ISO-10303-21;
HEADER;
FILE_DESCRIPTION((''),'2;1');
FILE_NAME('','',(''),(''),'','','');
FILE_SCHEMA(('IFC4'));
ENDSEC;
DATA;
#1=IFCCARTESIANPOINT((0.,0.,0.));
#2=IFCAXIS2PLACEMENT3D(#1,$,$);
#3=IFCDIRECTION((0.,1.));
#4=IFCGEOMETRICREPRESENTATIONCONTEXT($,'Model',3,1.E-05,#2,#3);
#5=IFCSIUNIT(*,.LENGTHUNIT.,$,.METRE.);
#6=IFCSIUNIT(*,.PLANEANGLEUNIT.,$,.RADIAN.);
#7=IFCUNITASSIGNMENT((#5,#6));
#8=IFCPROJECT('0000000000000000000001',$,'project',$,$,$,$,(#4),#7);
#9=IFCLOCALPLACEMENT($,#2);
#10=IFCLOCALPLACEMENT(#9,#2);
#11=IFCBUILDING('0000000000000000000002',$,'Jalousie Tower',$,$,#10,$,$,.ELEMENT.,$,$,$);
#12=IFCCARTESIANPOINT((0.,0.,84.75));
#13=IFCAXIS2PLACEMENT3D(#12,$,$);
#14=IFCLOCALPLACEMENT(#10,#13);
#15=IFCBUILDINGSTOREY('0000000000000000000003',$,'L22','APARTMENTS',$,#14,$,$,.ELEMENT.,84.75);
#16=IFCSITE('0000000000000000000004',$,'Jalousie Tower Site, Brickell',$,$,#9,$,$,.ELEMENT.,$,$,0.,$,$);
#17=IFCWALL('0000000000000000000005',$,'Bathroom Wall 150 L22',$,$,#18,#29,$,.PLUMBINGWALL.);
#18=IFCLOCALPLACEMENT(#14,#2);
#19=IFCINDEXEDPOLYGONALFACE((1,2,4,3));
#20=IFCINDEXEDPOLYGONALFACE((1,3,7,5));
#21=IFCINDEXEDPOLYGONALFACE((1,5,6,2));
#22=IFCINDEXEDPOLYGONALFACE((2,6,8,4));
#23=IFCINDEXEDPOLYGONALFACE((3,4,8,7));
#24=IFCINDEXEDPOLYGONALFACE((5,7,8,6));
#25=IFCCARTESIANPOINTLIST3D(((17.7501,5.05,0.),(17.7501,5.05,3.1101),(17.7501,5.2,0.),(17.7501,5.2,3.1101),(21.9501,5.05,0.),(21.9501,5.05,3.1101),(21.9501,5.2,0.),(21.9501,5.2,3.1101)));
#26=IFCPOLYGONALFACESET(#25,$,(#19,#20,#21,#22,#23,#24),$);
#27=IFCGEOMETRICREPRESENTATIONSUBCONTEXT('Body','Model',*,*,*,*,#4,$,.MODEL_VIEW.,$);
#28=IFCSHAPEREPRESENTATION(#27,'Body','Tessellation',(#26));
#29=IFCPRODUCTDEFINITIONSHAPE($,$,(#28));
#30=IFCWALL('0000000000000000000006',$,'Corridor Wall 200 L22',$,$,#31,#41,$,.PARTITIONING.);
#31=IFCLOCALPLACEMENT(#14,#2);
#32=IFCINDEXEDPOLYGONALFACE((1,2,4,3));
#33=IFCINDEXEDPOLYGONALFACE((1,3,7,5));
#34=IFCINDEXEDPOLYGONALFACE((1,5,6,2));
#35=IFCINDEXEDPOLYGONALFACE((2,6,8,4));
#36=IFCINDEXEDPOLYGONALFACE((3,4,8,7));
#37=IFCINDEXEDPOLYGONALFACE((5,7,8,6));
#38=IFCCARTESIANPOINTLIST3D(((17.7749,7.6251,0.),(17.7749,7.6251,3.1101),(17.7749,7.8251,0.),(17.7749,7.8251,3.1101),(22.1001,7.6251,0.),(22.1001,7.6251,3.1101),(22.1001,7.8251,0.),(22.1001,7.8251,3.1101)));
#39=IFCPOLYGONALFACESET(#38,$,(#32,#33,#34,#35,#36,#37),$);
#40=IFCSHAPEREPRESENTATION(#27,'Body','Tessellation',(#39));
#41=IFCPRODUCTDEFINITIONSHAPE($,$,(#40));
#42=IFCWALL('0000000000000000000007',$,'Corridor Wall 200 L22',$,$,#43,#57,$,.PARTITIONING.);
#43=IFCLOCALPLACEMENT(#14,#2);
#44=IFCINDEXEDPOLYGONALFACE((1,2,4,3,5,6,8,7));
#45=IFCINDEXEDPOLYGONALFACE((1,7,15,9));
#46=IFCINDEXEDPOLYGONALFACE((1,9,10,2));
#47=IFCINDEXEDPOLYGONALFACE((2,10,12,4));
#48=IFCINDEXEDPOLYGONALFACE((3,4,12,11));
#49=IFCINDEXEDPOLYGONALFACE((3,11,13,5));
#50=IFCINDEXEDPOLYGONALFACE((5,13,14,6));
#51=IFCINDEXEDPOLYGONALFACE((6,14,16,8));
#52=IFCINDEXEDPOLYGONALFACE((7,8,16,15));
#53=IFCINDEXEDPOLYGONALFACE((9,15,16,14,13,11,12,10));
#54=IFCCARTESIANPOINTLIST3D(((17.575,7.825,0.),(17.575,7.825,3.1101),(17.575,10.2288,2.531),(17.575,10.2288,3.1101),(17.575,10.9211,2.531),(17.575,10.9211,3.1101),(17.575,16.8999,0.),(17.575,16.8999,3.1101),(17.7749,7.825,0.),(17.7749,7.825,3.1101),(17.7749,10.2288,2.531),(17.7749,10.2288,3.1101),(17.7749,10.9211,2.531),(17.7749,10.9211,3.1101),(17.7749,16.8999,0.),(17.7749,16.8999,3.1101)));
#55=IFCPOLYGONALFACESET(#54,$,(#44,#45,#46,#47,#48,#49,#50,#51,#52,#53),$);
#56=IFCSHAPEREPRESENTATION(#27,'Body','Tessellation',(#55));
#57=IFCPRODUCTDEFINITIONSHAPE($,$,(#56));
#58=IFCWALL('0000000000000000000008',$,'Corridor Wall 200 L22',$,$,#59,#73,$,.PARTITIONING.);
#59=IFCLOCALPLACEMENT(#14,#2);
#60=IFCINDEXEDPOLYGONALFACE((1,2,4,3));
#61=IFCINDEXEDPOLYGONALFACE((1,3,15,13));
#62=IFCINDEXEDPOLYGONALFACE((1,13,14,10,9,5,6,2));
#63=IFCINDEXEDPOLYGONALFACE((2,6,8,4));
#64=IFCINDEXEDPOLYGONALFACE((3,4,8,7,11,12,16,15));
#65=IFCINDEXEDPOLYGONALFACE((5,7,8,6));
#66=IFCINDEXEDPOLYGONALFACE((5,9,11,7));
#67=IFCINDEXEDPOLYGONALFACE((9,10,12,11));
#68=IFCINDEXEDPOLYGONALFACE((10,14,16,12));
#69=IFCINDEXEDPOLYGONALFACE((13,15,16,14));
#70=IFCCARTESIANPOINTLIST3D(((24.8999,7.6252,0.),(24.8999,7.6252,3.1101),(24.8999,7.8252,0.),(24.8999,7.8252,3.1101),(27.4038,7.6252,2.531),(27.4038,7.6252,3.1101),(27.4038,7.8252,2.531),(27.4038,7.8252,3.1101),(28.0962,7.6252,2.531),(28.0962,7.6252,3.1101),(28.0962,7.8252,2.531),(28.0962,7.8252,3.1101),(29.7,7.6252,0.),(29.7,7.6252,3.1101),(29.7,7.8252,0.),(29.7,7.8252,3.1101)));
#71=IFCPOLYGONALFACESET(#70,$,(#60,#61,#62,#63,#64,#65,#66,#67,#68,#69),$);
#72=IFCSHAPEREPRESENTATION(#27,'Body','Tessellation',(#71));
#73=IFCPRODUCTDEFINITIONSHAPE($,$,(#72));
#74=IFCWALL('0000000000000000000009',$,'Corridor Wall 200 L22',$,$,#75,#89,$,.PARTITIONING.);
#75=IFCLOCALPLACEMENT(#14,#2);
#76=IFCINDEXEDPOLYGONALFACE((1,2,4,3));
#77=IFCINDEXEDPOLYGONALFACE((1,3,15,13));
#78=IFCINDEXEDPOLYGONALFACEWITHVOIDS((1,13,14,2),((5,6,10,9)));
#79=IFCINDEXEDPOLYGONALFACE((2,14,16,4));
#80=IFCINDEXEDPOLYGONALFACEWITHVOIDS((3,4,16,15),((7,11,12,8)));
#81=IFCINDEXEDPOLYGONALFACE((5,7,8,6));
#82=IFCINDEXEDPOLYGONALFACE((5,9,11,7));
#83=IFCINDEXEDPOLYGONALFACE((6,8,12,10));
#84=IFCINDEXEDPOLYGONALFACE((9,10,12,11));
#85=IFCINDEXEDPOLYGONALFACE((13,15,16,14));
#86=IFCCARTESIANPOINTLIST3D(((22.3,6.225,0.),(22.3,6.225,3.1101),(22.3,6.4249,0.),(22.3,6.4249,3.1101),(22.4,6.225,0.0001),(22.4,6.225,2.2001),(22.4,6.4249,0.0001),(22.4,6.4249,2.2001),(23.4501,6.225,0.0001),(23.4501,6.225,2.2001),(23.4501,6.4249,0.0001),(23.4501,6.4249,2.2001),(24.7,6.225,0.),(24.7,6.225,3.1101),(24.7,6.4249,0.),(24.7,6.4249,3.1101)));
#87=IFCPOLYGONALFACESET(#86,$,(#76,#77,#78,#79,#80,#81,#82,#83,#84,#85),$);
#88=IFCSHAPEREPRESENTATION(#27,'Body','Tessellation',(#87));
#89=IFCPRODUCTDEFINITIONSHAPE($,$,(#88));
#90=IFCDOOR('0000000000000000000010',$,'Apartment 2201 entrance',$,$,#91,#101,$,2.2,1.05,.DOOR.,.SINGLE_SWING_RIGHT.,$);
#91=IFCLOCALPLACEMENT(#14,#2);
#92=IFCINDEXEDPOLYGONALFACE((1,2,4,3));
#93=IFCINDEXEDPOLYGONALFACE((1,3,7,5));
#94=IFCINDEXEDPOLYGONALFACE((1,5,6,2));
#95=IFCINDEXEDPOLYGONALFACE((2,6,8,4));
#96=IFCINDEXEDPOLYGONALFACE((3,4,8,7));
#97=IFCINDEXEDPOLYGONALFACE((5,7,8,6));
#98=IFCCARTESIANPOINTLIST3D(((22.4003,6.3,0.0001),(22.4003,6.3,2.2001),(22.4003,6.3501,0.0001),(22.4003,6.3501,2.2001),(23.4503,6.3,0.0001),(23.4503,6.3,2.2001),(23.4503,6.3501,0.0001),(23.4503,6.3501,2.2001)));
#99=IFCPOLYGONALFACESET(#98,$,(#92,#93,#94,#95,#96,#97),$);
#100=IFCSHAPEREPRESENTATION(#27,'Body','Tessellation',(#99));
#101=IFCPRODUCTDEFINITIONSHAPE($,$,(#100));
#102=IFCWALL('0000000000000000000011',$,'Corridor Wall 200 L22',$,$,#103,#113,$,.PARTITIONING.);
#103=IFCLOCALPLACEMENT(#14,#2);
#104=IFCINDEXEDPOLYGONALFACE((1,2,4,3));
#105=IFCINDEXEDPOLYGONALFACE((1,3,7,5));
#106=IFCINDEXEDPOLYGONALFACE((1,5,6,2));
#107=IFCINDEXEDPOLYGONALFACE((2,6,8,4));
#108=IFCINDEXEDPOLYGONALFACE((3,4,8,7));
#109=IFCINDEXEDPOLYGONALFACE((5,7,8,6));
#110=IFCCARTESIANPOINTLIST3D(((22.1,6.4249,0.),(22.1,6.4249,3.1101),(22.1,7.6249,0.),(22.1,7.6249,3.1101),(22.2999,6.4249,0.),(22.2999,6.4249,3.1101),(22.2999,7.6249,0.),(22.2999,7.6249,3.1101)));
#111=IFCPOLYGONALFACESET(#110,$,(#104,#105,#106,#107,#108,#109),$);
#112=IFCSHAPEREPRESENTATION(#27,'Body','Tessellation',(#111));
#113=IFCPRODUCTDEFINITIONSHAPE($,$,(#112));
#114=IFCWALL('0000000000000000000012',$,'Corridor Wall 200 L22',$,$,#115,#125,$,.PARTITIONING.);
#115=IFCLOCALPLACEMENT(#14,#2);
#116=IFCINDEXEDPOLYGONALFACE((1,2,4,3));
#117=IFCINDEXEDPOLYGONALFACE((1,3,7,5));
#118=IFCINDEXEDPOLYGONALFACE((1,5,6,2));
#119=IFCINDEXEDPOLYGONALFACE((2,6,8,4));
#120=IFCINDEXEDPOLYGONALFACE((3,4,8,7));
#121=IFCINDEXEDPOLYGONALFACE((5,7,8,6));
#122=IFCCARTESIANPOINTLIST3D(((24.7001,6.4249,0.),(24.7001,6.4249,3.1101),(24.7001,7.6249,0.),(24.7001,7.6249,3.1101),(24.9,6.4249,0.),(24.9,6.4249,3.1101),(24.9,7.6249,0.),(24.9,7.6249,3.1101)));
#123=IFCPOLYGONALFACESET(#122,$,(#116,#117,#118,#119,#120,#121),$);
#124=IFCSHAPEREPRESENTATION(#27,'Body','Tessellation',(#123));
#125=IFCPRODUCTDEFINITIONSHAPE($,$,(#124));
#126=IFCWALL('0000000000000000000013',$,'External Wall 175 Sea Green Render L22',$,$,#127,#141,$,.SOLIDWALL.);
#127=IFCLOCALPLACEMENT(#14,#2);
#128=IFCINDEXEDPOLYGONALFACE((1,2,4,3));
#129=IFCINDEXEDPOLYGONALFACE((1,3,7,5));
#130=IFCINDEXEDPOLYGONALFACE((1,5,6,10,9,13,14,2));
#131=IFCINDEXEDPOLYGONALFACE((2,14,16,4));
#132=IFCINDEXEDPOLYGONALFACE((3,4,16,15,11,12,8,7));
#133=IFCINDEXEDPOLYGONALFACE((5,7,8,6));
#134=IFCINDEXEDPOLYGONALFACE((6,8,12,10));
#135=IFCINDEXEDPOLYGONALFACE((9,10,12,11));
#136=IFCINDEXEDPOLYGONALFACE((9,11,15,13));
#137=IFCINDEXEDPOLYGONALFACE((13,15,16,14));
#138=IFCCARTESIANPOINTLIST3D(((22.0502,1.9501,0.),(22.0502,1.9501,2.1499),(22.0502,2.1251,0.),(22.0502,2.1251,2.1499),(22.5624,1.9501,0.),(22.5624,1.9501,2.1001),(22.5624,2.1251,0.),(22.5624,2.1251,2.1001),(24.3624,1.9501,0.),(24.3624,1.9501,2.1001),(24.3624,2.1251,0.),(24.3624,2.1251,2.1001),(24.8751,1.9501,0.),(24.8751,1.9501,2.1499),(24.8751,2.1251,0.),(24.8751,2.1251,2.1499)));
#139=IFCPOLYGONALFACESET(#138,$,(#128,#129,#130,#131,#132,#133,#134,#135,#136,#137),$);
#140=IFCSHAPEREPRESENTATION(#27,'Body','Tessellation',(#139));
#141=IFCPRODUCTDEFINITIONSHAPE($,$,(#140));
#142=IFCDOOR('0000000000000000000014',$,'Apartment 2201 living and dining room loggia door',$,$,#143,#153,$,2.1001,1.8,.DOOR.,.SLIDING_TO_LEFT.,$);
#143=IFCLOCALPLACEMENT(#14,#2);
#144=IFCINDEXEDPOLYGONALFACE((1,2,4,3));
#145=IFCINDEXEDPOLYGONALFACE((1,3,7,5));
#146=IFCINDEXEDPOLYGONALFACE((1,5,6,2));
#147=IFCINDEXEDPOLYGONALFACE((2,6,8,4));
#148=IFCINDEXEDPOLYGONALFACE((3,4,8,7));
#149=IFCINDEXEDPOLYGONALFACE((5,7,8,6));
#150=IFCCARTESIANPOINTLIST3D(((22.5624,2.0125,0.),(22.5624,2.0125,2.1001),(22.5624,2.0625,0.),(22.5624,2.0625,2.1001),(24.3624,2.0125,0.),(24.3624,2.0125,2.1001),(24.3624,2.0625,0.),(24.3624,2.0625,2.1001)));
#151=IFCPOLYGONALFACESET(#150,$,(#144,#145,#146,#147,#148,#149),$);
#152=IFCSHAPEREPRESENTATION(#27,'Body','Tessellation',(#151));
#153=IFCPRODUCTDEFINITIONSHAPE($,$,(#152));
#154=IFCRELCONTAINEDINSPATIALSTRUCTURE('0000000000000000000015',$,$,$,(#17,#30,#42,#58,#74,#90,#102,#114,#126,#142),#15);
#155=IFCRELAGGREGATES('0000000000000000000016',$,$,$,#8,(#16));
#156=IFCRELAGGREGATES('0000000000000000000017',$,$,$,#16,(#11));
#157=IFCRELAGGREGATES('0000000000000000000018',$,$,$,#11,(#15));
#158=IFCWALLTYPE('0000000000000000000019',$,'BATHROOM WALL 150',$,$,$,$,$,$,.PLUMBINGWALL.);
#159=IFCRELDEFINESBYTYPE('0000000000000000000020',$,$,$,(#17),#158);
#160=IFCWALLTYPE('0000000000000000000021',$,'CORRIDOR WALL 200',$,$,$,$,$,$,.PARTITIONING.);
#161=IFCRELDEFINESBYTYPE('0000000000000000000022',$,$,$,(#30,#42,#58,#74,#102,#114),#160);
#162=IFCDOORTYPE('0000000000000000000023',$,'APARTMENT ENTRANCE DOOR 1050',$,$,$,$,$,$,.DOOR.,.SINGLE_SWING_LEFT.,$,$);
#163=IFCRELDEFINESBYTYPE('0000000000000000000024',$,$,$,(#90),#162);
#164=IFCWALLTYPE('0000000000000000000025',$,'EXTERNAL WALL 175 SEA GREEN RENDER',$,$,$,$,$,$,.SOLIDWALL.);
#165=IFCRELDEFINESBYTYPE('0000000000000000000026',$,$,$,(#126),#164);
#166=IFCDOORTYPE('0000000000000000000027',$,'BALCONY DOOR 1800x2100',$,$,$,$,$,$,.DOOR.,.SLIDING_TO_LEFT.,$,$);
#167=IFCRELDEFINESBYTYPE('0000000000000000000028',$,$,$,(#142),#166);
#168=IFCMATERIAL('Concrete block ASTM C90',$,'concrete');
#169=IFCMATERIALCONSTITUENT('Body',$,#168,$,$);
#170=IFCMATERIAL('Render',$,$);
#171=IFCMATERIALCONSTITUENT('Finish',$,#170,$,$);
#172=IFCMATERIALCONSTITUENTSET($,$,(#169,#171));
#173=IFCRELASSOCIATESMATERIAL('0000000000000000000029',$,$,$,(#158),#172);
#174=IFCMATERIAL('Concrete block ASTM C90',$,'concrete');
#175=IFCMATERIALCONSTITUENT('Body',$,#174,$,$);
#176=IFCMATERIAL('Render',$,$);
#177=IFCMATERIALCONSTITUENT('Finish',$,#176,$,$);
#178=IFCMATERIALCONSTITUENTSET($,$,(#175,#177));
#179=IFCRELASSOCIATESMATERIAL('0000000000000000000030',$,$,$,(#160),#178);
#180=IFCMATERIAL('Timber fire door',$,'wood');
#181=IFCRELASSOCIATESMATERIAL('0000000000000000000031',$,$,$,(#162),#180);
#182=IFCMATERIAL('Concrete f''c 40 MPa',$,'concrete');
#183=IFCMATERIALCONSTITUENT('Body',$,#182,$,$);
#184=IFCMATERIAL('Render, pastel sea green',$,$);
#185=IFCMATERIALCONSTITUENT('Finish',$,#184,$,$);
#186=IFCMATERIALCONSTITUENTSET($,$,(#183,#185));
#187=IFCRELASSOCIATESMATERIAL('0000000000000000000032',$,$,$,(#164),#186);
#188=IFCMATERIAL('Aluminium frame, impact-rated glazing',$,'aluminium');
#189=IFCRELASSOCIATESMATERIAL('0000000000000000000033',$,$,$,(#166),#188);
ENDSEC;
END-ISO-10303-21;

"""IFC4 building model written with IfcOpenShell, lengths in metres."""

from ifc_helpers import new_model, si_unit, direction, frame, frame_2d, origin, place, context, subcontext, project, spatial, polyline, rectangle, outline, extrude, material, constituent, constituent_set, type_object, element, fill, save


model = new_model("IFC4")

# Units and contexts
model_context = context("Model", 3, precision=1e-05, world=origin(), true_north=direction((0.0, 1.0)))
body_context = subcontext(model_context, "Body", "Model", "MODEL_VIEW")
ifc_project = project(units=[si_unit("LENGTHUNIT", "METRE"), si_unit("PLANEANGLEUNIT", "RADIAN")], contexts=[model_context])

# Site, building, storey
site_placement = place(None, origin())
site = spatial("IfcSite", under=ifc_project, at=site_placement, Name="Jalousie Tower Site, Brickell", CompositionType="ELEMENT", RefElevation=0.0)
building_placement = place(site_placement, origin())
building = spatial("IfcBuilding", under=site, at=building_placement, Name="Jalousie Tower", CompositionType="ELEMENT")
storey_placement = place(building_placement, frame((0.0, 0.0, 84.75)))
storey = spatial("IfcBuildingStorey", under=building, at=storey_placement, Name="L22", Description="APARTMENTS", CompositionType="ELEMENT", Elevation=84.75)

# Walls
ifc_material_1 = material(Name="Concrete block ASTM C90", Category="concrete")
ifc_constituent_1 = constituent(ifc_material_1, Name="Body")
ifc_material_2 = material(Name="Render")
ifc_constituent_2 = constituent(ifc_material_2, Name="Finish")
ifc_constituent_set_1 = constituent_set(constituents=[ifc_constituent_1, ifc_constituent_2])
wall_type_1 = type_object("IfcWallType", Name="BATHROOM WALL 150", PredefinedType="PLUMBINGWALL", material=ifc_constituent_set_1)
wall_1_placement = place(storey_placement, frame((17.75, 5.125, 0.0), z_axis=(0.0, 0.0, 1.0), x_axis=(1.0, 0.0, 0.0)))
element("IfcWall", 1, at=wall_1_placement, inside=storey, type_object=wall_type_1, Name="Bathroom Wall 150 L22", PredefinedType="PLUMBINGWALL", context=body_context, shape_type="SweptSolid", body=[
    extrude(rectangle(XDim=4.2, YDim=0.1499, at=frame_2d((2.1001, 0.0))), origin(), (0.0, 0.0, 1.0), 3.1101),
])
ifc_material_3 = material(Name="Concrete block ASTM C90", Category="concrete")
ifc_constituent_3 = constituent(ifc_material_3, Name="Body")
ifc_material_4 = material(Name="Render")
ifc_constituent_4 = constituent(ifc_material_4, Name="Finish")
ifc_constituent_set_2 = constituent_set(constituents=[ifc_constituent_3, ifc_constituent_4])
wall_type_2 = type_object("IfcWallType", Name="CORRIDOR WALL 200", PredefinedType="PARTITIONING", material=ifc_constituent_set_2)
wall_2_placement = place(storey_placement, frame((17.7749, 7.7251, 0.0), z_axis=(0.0, 0.0, 1.0), x_axis=(1.0, 0.0, 0.0)))
element("IfcWall", 2, at=wall_2_placement, inside=storey, type_object=wall_type_2, Name="Corridor Wall 200 L22", PredefinedType="PARTITIONING", context=body_context, shape_type="SweptSolid", body=[
    extrude(rectangle(XDim=4.3252, YDim=0.2, at=frame_2d((2.1626, 0.0))), origin(), (0.0, 0.0, 1.0), 3.1101),
])
wall_3_placement = place(storey_placement, frame((17.675, 7.825, 0.0), z_axis=(0.0, 0.0, 1.0), x_axis=(0.0, 1.0, 0.0)))
element("IfcWall", 3, at=wall_3_placement, inside=storey, type_object=wall_type_2, Name="Corridor Wall 200 L22", PredefinedType="PARTITIONING", context=body_context, shape_type="SweptSolid", body=[
    extrude(outline(polyline([(0.0, 0.0), (9.075, 0.0), (9.075, 3.1101), (3.0962, 3.1101), (3.0962, 2.531), (2.4038, 2.531), (2.4038, 3.1101), (0.0, 3.1101), (0.0, 0.0)])), frame((0.0, 0.1001, 0.0), z_axis=(0.0, -1.0, 0.0), x_axis=(1.0, 0.0, 0.0)), (0.0, 0.0, 1.0), 0.2),
])
wall_4_placement = place(storey_placement, frame((24.8999, 7.7251, 0.0), z_axis=(0.0, 0.0, 1.0), x_axis=(1.0, 0.0, 0.0)))
element("IfcWall", 4, at=wall_4_placement, inside=storey, type_object=wall_type_2, Name="Corridor Wall 200 L22", PredefinedType="PARTITIONING", context=body_context, shape_type="SweptSolid", body=[
    extrude(outline(polyline([(0.0, 0.0), (4.8, 0.0), (4.8, 3.1101), (3.1963, 3.1101), (3.1963, 2.531), (2.5039, 2.531), (2.5039, 3.1101), (0.0, 3.1101), (0.0, 0.0)])), frame((0.0, 0.1001, 0.0), z_axis=(0.0, -1.0, 0.0), x_axis=(1.0, 0.0, 0.0)), (0.0, 0.0, 1.0), 0.2),
])

# Wall, opening, door
wall_5_placement = place(storey_placement, frame((22.3, 6.325, 0.0), z_axis=(0.0, 0.0, 1.0), x_axis=(1.0, 0.0, 0.0)))
wall_5 = element("IfcWall", 5, at=wall_5_placement, inside=storey, type_object=wall_type_2, Name="Corridor Wall 200 L22", PredefinedType="PARTITIONING", context=body_context, shape_type="SweptSolid", body=[
    extrude(rectangle(XDim=2.3999, YDim=0.2, at=frame_2d((1.2, 0.0))), origin(), (0.0, 0.0, 1.0), 3.1101),
])
opening_1_placement = place(wall_5_placement, frame((0.1001, 0.0, 0.0)))
opening_1 = element("IfcOpeningElement", 6, at=opening_1_placement, cuts=wall_5, PredefinedType="OPENING", context=body_context, shape_type="SweptSolid", body=[
    extrude(rectangle(XDim=1.05, YDim=2.2, at=frame_2d((0.5249, 1.1001))), frame((0.0, 0.1099, 0.0), z_axis=(0.0, -1.0, 0.0), x_axis=(1.0, 0.0, 0.0)), (0.0, 0.0, 1.0), 0.22),
])
ifc_material_5 = material(Name="Timber fire door", Category="wood")
door_type_1 = type_object("IfcDoorType", Name="APARTMENT ENTRANCE DOOR 1050", OperationType="SINGLE_SWING_LEFT", PredefinedType="DOOR", material=ifc_material_5)
door_1_placement = place(opening_1_placement, frame((1.05, 0.0, 0.0), z_axis=(0.0, 0.0, 1.0), x_axis=(-1.0, 0.0, 0.0)))
door_1 = element("IfcDoor", 7, at=door_1_placement, inside=storey, type_object=door_type_1, Name="Apartment 2201 entrance", OperationType="SINGLE_SWING_RIGHT", OverallHeight=2.2, OverallWidth=1.05, PredefinedType="DOOR", context=body_context, shape_type="SweptSolid", body=[
    extrude(rectangle(XDim=1.05, YDim=2.2, at=frame_2d((0.5249, 1.1001))), frame((0.0, 0.0249, 0.0), z_axis=(0.0, -1.0, 0.0), x_axis=(1.0, 0.0, 0.0)), (0.0, 0.0, 1.0), 0.05),
])
fill(opening_1, door_1)

# Walls
for number, where, z_axis, x_axis, name in (
    (8, (22.2, 7.625, 0.0), (0.0, 0.0, 1.0), (0.0, -1.0, 0.0), "Corridor Wall 200 L22"),
    (9, (24.8, 7.625, 0.0), (0.0, 0.0, 1.0), (0.0, -1.0, 0.0), "Corridor Wall 200 L22"),
):
    element("IfcWall", number, at=place(storey_placement, frame(where, z_axis=z_axis, x_axis=x_axis)), inside=storey, type_object=wall_type_2, Name=name, PredefinedType="PARTITIONING", context=body_context, shape_type="SweptSolid", body=[
        extrude(rectangle(XDim=1.2, YDim=0.2, at=frame_2d((0.6001, 0.0))), origin(), (0.0, 0.0, 1.0), 3.1101),
    ])

# Wall, opening, door
ifc_material_6 = material(Name="Concrete f'c 40 MPa", Category="concrete")
ifc_constituent_5 = constituent(ifc_material_6, Name="Body")
ifc_material_7 = material(Name="Render, pastel sea green")
ifc_constituent_6 = constituent(ifc_material_7, Name="Finish")
ifc_constituent_set_3 = constituent_set(constituents=[ifc_constituent_5, ifc_constituent_6])
wall_type_3 = type_object("IfcWallType", Name="EXTERNAL WALL 175 SEA GREEN RENDER", PredefinedType="SOLIDWALL", material=ifc_constituent_set_3)
wall_6_placement = place(storey_placement, frame((22.05, 2.0376, 0.0), z_axis=(0.0, 0.0, 1.0), x_axis=(1.0, 0.0, 0.0)))
wall_6 = element("IfcWall", 10, at=wall_6_placement, inside=storey, type_object=wall_type_3, Name="External Wall 175 Sea Green Render L22", PredefinedType="SOLIDWALL", context=body_context, shape_type="SweptSolid", body=[
    extrude(rectangle(XDim=2.825, YDim=0.175, at=frame_2d((1.4126, 0.0))), origin(), (0.0, 0.0, 1.0), 2.1499),
])
opening_2_placement = place(wall_6_placement, frame((0.5125, 0.0, 0.0)))
opening_2 = element("IfcOpeningElement", 11, at=opening_2_placement, cuts=wall_6, PredefinedType="OPENING", context=body_context, shape_type="SweptSolid", body=[
    extrude(rectangle(XDim=1.8, YDim=2.1001, at=frame_2d((0.8999, 1.05))), frame((0.0, 0.0974, 0.0), z_axis=(0.0, -1.0, 0.0), x_axis=(1.0, 0.0, 0.0)), (0.0, 0.0, 1.0), 0.1951),
])
ifc_material_8 = material(Name="Aluminium frame, impact-rated glazing", Category="aluminium")
door_type_2 = type_object("IfcDoorType", Name="BALCONY DOOR 1800x2100", OperationType="SLIDING_TO_LEFT", PredefinedType="DOOR", material=ifc_material_8)
door_2_placement = place(opening_2_placement, origin())
door_2 = element("IfcDoor", 12, at=door_2_placement, inside=storey, type_object=door_type_2, Name="Apartment 2201 living and dining room loggia door", OperationType="SLIDING_TO_LEFT", OverallHeight=2.1001, OverallWidth=1.8, PredefinedType="DOOR", context=body_context, shape_type="SweptSolid", body=[
    extrude(rectangle(XDim=1.8, YDim=2.1001, at=frame_2d((0.8999, 1.05))), frame((0.0, 0.0249, 0.0), z_axis=(0.0, -1.0, 0.0), x_axis=(1.0, 0.0, 0.0)), (0.0, 0.0, 1.0), 0.05),
])
fill(opening_2, door_2)

save(model, "model.ifc")
